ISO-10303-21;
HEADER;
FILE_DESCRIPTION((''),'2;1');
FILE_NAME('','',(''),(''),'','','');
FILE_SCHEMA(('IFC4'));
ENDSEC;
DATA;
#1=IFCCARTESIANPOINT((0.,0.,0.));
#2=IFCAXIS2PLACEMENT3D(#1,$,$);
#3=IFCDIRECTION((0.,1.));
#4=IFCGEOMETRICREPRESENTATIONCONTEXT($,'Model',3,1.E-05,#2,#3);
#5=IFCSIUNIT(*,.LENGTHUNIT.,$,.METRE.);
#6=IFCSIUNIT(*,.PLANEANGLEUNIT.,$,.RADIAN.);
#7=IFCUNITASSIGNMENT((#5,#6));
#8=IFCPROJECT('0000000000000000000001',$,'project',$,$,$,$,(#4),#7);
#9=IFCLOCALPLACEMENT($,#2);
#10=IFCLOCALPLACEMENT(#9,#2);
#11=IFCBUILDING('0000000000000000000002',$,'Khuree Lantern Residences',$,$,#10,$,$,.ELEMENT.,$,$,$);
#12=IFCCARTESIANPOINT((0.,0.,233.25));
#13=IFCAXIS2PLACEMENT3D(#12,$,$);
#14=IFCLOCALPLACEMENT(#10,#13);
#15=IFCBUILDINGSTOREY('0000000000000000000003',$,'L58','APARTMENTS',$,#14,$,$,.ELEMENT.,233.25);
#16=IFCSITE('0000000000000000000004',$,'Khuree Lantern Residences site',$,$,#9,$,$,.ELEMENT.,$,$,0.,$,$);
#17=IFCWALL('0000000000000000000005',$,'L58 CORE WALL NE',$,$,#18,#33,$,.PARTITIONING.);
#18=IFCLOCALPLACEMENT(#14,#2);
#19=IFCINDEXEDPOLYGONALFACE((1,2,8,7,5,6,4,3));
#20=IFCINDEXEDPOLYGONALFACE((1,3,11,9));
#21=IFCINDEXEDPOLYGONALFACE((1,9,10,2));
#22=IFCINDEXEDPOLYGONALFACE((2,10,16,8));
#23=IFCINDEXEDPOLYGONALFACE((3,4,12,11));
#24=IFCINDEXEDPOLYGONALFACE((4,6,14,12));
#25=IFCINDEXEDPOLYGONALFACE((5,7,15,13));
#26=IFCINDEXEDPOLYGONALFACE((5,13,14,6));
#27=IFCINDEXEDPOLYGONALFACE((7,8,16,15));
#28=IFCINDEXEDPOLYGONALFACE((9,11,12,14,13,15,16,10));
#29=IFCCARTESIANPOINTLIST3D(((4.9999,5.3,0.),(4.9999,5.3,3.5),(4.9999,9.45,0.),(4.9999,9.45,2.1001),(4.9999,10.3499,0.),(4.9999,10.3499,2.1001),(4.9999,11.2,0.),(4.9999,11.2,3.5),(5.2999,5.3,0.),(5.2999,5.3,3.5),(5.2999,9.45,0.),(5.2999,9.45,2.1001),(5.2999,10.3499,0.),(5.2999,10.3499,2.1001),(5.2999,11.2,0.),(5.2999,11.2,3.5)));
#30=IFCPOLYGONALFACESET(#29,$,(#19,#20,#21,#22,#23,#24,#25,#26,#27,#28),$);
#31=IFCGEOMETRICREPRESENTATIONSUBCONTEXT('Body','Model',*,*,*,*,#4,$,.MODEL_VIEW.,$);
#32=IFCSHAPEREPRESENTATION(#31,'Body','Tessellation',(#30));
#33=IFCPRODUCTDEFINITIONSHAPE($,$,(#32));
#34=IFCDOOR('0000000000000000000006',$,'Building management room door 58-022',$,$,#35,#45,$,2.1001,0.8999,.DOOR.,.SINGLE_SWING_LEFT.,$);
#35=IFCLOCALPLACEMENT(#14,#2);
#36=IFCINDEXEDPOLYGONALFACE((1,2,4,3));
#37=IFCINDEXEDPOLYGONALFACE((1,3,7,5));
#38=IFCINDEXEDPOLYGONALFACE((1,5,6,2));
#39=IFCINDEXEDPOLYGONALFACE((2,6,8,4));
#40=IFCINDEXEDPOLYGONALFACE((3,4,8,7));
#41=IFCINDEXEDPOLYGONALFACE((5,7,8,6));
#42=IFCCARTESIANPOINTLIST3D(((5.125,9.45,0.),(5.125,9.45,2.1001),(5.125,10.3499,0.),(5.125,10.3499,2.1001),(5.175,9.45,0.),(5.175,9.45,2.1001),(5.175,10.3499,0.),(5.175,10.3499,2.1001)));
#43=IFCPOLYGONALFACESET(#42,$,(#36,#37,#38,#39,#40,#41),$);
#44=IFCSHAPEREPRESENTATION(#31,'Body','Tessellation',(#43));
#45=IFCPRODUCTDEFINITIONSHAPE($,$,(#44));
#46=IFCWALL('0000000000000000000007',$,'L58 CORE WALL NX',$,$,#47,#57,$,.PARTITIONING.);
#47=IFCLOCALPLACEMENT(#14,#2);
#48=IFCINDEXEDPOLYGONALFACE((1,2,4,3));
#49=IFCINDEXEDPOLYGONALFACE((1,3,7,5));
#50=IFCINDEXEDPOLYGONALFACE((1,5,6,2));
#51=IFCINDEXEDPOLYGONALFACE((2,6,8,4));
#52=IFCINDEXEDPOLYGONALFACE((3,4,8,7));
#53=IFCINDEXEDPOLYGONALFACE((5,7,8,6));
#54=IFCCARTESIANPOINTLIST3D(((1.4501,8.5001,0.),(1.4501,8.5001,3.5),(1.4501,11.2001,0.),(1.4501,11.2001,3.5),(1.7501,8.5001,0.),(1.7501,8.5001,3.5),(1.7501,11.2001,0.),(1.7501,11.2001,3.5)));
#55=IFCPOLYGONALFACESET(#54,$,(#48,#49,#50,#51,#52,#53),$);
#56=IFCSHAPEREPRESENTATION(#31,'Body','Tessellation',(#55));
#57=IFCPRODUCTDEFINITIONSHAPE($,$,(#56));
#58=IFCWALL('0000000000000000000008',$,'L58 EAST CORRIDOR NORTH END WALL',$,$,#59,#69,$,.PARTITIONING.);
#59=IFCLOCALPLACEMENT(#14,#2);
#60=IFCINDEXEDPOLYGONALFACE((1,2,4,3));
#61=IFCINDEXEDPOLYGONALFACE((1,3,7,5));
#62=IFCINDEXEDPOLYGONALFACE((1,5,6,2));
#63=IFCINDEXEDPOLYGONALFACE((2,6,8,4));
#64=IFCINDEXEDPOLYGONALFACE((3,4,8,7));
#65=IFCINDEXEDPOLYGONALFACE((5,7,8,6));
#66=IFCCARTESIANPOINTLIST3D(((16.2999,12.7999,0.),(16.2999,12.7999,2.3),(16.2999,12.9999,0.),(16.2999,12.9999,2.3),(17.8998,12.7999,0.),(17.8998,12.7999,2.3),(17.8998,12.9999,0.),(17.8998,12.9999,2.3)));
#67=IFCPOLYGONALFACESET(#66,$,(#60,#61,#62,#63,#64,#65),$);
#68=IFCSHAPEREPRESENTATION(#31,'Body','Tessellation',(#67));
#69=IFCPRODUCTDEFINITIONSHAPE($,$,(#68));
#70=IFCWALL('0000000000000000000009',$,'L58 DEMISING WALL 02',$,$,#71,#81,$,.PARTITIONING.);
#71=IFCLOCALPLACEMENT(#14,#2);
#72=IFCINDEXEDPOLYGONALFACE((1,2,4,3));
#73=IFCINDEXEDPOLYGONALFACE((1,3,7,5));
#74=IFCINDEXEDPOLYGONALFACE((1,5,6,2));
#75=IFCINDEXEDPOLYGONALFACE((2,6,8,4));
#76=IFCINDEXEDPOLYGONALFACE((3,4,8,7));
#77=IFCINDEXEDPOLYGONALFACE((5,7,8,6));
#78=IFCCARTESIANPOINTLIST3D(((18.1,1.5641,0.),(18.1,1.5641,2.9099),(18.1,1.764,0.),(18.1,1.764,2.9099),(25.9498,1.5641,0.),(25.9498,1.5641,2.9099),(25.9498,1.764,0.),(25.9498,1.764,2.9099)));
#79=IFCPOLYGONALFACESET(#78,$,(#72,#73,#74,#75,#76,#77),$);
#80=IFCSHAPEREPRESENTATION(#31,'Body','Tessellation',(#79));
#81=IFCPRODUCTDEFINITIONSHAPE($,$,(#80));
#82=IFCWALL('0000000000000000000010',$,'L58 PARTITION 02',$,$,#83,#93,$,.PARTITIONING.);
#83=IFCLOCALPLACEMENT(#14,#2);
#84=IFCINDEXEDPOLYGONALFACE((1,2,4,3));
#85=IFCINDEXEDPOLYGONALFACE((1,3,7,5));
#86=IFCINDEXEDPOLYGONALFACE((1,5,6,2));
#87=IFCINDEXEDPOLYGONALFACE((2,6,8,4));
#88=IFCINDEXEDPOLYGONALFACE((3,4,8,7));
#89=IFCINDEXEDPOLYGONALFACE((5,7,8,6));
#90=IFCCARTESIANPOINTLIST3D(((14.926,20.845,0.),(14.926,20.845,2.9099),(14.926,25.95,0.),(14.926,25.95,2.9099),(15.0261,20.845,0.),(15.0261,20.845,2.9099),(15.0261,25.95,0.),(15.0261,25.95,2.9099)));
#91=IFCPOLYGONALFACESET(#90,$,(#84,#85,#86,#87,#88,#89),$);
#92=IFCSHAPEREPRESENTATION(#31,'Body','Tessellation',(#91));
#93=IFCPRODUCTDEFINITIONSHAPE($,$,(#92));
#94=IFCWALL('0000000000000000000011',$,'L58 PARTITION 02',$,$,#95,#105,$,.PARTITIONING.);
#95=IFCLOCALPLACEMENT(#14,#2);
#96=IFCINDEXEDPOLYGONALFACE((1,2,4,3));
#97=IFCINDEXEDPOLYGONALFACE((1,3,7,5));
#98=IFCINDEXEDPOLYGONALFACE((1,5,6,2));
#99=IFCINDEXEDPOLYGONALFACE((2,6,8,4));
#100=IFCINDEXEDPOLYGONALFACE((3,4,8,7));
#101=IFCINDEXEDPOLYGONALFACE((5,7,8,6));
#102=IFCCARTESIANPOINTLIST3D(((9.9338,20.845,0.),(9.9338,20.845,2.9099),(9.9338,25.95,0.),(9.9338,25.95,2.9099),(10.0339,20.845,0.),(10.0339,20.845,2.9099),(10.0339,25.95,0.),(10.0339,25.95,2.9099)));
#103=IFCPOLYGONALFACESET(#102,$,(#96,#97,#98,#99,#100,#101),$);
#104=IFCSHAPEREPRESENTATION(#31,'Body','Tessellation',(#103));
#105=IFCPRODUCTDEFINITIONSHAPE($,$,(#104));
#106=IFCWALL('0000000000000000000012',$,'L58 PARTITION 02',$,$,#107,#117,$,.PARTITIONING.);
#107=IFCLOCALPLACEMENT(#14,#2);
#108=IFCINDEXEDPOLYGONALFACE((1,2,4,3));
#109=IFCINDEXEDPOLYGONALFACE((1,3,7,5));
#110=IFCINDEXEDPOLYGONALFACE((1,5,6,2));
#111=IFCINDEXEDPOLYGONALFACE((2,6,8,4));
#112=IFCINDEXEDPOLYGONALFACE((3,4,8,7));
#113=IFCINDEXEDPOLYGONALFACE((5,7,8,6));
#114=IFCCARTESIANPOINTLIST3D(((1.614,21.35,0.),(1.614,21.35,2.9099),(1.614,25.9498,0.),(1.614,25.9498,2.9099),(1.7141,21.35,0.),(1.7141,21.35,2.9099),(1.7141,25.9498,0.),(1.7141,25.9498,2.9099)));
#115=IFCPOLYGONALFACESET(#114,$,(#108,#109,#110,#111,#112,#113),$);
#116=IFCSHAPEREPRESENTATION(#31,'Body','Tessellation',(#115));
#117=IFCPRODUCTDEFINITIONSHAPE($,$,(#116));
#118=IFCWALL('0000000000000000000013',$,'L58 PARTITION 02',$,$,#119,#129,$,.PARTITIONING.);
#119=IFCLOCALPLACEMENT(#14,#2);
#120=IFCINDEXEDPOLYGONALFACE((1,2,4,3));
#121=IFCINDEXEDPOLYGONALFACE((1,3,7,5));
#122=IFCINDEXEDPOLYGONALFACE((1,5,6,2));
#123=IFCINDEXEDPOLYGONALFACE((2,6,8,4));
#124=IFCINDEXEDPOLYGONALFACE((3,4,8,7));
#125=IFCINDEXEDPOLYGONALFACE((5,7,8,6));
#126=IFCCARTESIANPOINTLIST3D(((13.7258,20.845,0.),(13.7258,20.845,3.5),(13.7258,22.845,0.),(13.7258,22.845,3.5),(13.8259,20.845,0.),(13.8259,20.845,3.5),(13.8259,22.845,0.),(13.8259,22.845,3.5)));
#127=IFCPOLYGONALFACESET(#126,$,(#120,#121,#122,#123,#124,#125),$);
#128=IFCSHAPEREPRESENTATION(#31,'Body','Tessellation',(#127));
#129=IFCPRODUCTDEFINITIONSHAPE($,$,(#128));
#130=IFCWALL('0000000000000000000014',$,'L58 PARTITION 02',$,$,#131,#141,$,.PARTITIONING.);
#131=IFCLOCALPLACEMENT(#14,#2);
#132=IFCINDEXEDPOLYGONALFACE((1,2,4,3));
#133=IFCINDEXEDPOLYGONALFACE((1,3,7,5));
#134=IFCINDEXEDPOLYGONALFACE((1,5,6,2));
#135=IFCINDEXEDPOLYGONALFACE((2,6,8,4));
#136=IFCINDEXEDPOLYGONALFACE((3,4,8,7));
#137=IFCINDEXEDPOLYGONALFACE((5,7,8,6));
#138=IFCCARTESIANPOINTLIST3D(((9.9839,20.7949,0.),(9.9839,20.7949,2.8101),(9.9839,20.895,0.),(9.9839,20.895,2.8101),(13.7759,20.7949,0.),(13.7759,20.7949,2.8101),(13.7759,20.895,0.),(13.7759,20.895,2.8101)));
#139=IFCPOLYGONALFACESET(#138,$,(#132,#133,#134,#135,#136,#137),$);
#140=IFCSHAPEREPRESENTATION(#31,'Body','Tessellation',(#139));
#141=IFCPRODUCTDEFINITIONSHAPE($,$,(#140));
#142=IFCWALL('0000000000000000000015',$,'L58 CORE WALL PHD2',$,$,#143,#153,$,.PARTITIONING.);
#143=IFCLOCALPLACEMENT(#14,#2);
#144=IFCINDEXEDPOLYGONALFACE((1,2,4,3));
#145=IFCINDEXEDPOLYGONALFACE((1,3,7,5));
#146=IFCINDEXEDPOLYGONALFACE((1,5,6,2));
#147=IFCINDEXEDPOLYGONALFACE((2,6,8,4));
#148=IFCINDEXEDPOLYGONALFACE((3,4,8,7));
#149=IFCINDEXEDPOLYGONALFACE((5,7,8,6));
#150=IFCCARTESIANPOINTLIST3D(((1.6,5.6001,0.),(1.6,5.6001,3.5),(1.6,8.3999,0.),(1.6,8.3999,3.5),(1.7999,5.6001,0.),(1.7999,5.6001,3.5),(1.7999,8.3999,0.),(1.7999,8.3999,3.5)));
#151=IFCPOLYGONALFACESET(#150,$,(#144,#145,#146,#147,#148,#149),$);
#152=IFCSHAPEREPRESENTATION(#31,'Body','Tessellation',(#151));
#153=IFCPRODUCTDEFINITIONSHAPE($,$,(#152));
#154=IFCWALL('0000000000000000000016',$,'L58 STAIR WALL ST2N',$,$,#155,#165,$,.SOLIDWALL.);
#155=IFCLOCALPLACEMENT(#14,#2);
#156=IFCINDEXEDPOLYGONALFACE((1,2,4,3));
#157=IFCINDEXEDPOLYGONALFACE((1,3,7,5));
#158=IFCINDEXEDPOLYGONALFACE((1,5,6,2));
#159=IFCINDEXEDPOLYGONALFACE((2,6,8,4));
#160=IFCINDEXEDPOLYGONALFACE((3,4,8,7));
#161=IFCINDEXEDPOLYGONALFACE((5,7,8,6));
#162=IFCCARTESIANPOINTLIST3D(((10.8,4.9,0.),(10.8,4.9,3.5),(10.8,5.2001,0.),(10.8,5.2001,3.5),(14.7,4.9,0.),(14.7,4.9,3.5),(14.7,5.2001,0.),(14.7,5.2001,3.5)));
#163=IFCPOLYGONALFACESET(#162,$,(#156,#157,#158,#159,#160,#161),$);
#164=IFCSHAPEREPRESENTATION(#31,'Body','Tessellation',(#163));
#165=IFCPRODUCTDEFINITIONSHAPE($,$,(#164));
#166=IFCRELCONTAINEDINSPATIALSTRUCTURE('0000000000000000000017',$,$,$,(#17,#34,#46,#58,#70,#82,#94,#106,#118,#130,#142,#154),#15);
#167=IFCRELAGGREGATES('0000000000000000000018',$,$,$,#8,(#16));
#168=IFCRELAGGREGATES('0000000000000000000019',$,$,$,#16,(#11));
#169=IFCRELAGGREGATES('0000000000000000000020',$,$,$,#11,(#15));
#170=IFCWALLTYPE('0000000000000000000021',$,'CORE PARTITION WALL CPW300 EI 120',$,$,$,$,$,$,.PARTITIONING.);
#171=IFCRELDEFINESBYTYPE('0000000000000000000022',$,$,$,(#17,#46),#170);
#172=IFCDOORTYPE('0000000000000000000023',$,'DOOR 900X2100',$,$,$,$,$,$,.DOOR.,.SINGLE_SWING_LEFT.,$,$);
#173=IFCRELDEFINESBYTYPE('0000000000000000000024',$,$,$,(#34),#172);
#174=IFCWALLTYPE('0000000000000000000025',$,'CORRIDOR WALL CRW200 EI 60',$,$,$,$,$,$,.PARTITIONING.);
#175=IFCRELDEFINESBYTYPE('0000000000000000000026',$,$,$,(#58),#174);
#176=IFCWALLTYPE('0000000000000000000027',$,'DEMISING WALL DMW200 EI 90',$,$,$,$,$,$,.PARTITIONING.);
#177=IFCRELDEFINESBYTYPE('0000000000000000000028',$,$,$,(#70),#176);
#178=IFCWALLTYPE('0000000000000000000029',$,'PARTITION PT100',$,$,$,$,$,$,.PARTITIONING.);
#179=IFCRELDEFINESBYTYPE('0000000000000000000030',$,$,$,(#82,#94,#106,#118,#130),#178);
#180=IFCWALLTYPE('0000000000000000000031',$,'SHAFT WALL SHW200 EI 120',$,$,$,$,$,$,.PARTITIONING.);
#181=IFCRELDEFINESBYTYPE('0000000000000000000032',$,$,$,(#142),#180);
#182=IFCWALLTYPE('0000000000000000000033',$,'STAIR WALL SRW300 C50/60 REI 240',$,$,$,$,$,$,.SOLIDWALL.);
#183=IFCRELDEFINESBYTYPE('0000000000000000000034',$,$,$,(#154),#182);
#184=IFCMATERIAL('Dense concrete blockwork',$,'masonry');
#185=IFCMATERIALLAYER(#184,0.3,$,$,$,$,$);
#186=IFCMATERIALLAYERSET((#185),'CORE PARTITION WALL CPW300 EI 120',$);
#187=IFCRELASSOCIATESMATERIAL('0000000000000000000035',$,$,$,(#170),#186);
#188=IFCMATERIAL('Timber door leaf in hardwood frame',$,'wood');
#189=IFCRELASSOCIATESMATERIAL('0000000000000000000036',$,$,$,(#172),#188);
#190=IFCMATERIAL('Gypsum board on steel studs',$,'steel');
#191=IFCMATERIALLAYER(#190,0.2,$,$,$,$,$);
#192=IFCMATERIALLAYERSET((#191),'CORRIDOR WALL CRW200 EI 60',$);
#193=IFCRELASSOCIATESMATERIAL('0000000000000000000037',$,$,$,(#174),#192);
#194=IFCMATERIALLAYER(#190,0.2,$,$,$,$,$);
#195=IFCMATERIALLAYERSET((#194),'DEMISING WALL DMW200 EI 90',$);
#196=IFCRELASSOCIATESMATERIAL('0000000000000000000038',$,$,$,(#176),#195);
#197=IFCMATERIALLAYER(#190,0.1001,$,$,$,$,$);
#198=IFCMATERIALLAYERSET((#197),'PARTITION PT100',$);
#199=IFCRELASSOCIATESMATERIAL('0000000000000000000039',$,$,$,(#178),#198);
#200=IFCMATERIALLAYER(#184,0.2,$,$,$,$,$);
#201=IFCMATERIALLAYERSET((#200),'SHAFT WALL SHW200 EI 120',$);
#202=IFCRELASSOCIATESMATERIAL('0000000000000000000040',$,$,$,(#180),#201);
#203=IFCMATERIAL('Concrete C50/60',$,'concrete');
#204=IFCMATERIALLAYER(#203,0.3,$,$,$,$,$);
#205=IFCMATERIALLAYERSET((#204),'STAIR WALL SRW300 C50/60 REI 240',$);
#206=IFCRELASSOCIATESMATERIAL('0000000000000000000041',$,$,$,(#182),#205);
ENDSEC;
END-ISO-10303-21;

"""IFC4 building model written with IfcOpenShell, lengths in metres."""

from ifc_helpers import new_model, si_unit, direction, frame, frame_2d, origin, place, context, subcontext, project, spatial, rectangle, extrude, material, layer, layer_set, type_object, element, fill, save


model = new_model("IFC4")

# Units and contexts
model_context = context("Model", 3, precision=1e-05, world=origin(), true_north=direction((0.0, 1.0)))
body_context = subcontext(model_context, "Body", "Model", "MODEL_VIEW")
ifc_project = project(units=[si_unit("LENGTHUNIT", "METRE"), si_unit("PLANEANGLEUNIT", "RADIAN")], contexts=[model_context])

# Site, building, storey
site_placement = place(None, origin())
site = spatial("IfcSite", under=ifc_project, at=site_placement, Name="Khuree Lantern Residences site", CompositionType="ELEMENT", RefElevation=0.0)
building_placement = place(site_placement, origin())
building = spatial("IfcBuilding", under=site, at=building_placement, Name="Khuree Lantern Residences", CompositionType="ELEMENT")
storey_placement = place(building_placement, frame((0.0, 0.0, 233.25)))
storey = spatial("IfcBuildingStorey", under=building, at=storey_placement, Name="L58", Description="APARTMENTS", CompositionType="ELEMENT", Elevation=233.25)

# Shared definitions
ifc_material_1 = material(Name="Concrete C50/60", Category="concrete")

# Shared definitions
ifc_material_2 = material(Name="Dense concrete blockwork", Category="masonry")
ifc_layer_1 = layer(ifc_material_2, 0.3)
ifc_layer_set_1 = layer_set([ifc_layer_1], Name="CORE PARTITION WALL CPW300 EI 120")
wall_type_1 = type_object("IfcWallType", Name="CORE PARTITION WALL CPW300 EI 120", PredefinedType="PARTITIONING", material=ifc_layer_set_1)

# Wall, opening, door
wall_1_placement = place(storey_placement, frame((5.1499, 5.3, 0.0), z_axis=(0.0, 0.0, 1.0), x_axis=(0.0, 1.0, 0.0)))
wall_1 = element("IfcWall", 1, at=wall_1_placement, inside=storey, type_object=wall_type_1, Name="L58 CORE WALL NE", PredefinedType="PARTITIONING", context=body_context, shape_type="SweptSolid", body=[
    extrude(rectangle(XDim=5.8999, YDim=0.3, at=frame_2d((2.95, 0.0))), origin(), (0.0, 0.0, 1.0), 3.5),
])
opening_placement = place(wall_1_placement, frame((4.1499, 0.0, 0.0)))
opening = element("IfcOpeningElement", 2, at=opening_placement, cuts=wall_1, PredefinedType="OPENING", context=body_context, shape_type="SweptSolid", body=[
    extrude(rectangle(XDim=0.8999, YDim=2.1001, at=frame_2d((0.45, 1.05))), frame((0.0, 0.1602, 0.0), z_axis=(0.0, -1.0, 0.0), x_axis=(1.0, 0.0, 0.0)), (0.0, 0.0, 1.0), 0.3201),
])
ifc_material_3 = material(Name="Timber door leaf in hardwood frame", Category="wood")
door_type = type_object("IfcDoorType", Name="DOOR 900X2100", OperationType="SINGLE_SWING_LEFT", PredefinedType="DOOR", material=ifc_material_3)
door_placement = place(opening_placement, origin())
door = element("IfcDoor", 3, at=door_placement, inside=storey, type_object=door_type, Name="Building management room door 58-022", OperationType="SINGLE_SWING_LEFT", OverallHeight=2.1001, OverallWidth=0.8999, PredefinedType="DOOR", context=body_context, shape_type="SweptSolid", body=[
    extrude(rectangle(XDim=0.8999, YDim=2.1001, at=frame_2d((0.45, 1.05))), frame((0.0, 0.0249, 0.0), z_axis=(0.0, -1.0, 0.0), x_axis=(1.0, 0.0, 0.0)), (0.0, 0.0, 1.0), 0.05),
])
fill(opening, door)

# Walls
wall_2_placement = place(storey_placement, frame((1.6001, 8.5, 0.0), z_axis=(0.0, 0.0, 1.0), x_axis=(0.0, 1.0, 0.0)))
element("IfcWall", 4, at=wall_2_placement, inside=storey, type_object=wall_type_1, Name="L58 CORE WALL NX", PredefinedType="PARTITIONING", context=body_context, shape_type="SweptSolid", body=[
    extrude(rectangle(XDim=2.7, YDim=0.3, at=frame_2d((1.3501, 0.0))), origin(), (0.0, 0.0, 1.0), 3.5),
])
ifc_material_4 = material(Name="Gypsum board on steel studs", Category="steel")
ifc_layer_2 = layer(ifc_material_4, 0.2)
ifc_layer_set_2 = layer_set([ifc_layer_2], Name="CORRIDOR WALL CRW200 EI 60")
wall_type_2 = type_object("IfcWallType", Name="CORRIDOR WALL CRW200 EI 60", PredefinedType="PARTITIONING", material=ifc_layer_set_2)
wall_3_placement = place(storey_placement, frame((16.3, 12.8999, 0.0), z_axis=(0.0, 0.0, 1.0), x_axis=(1.0, 0.0, 0.0)))
element("IfcWall", 5, at=wall_3_placement, inside=storey, type_object=wall_type_2, Name="L58 EAST CORRIDOR NORTH END WALL", PredefinedType="PARTITIONING", context=body_context, shape_type="SweptSolid", body=[
    extrude(rectangle(XDim=1.5999, YDim=0.2, at=frame_2d((0.7998, 0.0))), origin(), (0.0, 0.0, 1.0), 2.3),
])
ifc_layer_3 = layer(ifc_material_4, 0.2)
ifc_layer_set_3 = layer_set([ifc_layer_3], Name="DEMISING WALL DMW200 EI 90")
wall_type_3 = type_object("IfcWallType", Name="DEMISING WALL DMW200 EI 90", PredefinedType="PARTITIONING", material=ifc_layer_set_3)
wall_4_placement = place(storey_placement, frame((18.1001, 1.6641, 0.0), z_axis=(0.0, 0.0, 1.0), x_axis=(1.0, 0.0, 0.0)))
element("IfcWall", 6, at=wall_4_placement, inside=storey, type_object=wall_type_3, Name="L58 DEMISING WALL 02", PredefinedType="PARTITIONING", context=body_context, shape_type="SweptSolid", body=[
    extrude(rectangle(XDim=7.8499, YDim=0.2, at=frame_2d((3.9248, 0.0))), origin(), (0.0, 0.0, 1.0), 2.9099),
])
ifc_layer_4 = layer(ifc_material_4, 0.1001)
ifc_layer_set_4 = layer_set([ifc_layer_4], Name="PARTITION PT100")
wall_type_4 = type_object("IfcWallType", Name="PARTITION PT100", PredefinedType="PARTITIONING", material=ifc_layer_set_4)
for number, where, z_axis, x_axis, name in (
    (7, (14.9761, 20.845, 0.0), (0.0, 0.0, 1.0), (0.0, 1.0, 0.0), "L58 PARTITION 02"),
    (8, (9.9839, 20.845, 0.0), (0.0, 0.0, 1.0), (0.0, 1.0, 0.0), "L58 PARTITION 02"),
):
    element("IfcWall", number, at=place(storey_placement, frame(where, z_axis=z_axis, x_axis=x_axis)), inside=storey, type_object=wall_type_4, Name=name, PredefinedType="PARTITIONING", context=body_context, shape_type="SweptSolid", body=[
        extrude(rectangle(XDim=5.105, YDim=0.1001, at=frame_2d((2.5525, 0.0))), origin(), (0.0, 0.0, 1.0), 2.9099),
    ])
wall_5_placement = place(storey_placement, frame((1.6641, 21.3501, 0.0), z_axis=(0.0, 0.0, 1.0), x_axis=(0.0, 1.0, 0.0)))
element("IfcWall", 9, at=wall_5_placement, inside=storey, type_object=wall_type_4, Name="L58 PARTITION 02", PredefinedType="PARTITIONING", context=body_context, shape_type="SweptSolid", body=[
    extrude(rectangle(XDim=4.5999, YDim=0.1001, at=frame_2d((2.2998, 0.0))), origin(), (0.0, 0.0, 1.0), 2.9099),
])
wall_6_placement = place(storey_placement, frame((13.7759, 20.845, 0.0), z_axis=(0.0, 0.0, 1.0), x_axis=(0.0, 1.0, 0.0)))
element("IfcWall", 10, at=wall_6_placement, inside=storey, type_object=wall_type_4, Name="L58 PARTITION 02", PredefinedType="PARTITIONING", context=body_context, shape_type="SweptSolid", body=[
    extrude(rectangle(XDim=2.0, YDim=0.1001, at=frame_2d((1.0, 0.0))), origin(), (0.0, 0.0, 1.0), 3.5),
])
wall_7_placement = place(storey_placement, frame((13.7759, 20.845, 0.0), z_axis=(0.0, 0.0, 1.0), x_axis=(-1.0, 0.0, 0.0)))
element("IfcWall", 11, at=wall_7_placement, inside=storey, type_object=wall_type_4, Name="L58 PARTITION 02", PredefinedType="PARTITIONING", context=body_context, shape_type="SweptSolid", body=[
    extrude(rectangle(XDim=3.792, YDim=0.1001, at=frame_2d((1.896, 0.0))), origin(), (0.0, 0.0, 1.0), 2.8101),
])
ifc_layer_5 = layer(ifc_material_2, 0.2)
ifc_layer_set_5 = layer_set([ifc_layer_5], Name="SHAFT WALL SHW200 EI 120")
wall_type_5 = type_object("IfcWallType", Name="SHAFT WALL SHW200 EI 120", PredefinedType="PARTITIONING", material=ifc_layer_set_5)
wall_8_placement = place(storey_placement, frame((1.7, 5.6001, 0.0), z_axis=(0.0, 0.0, 1.0), x_axis=(0.0, 1.0, 0.0)))
element("IfcWall", 12, at=wall_8_placement, inside=storey, type_object=wall_type_5, Name="L58 CORE WALL PHD2", PredefinedType="PARTITIONING", context=body_context, shape_type="SweptSolid", body=[
    extrude(rectangle(XDim=2.7998, YDim=0.2, at=frame_2d((1.3999, 0.0))), origin(), (0.0, 0.0, 1.0), 3.5),
])
ifc_layer_6 = layer(ifc_material_1, 0.3)
ifc_layer_set_6 = layer_set([ifc_layer_6], Name="STAIR WALL SRW300 C50/60 REI 240")
wall_type_6 = type_object("IfcWallType", Name="STAIR WALL SRW300 C50/60 REI 240", PredefinedType="SOLIDWALL", material=ifc_layer_set_6)
wall_9_placement = place(storey_placement, frame((14.7, 5.05, 0.0), z_axis=(0.0, 0.0, 1.0), x_axis=(-1.0, 0.0, 0.0)))
element("IfcWall", 13, at=wall_9_placement, inside=storey, type_object=wall_type_6, Name="L58 STAIR WALL ST2N", PredefinedType="SOLIDWALL", context=body_context, shape_type="SweptSolid", body=[
    extrude(rectangle(XDim=3.8999, YDim=0.3, at=frame_2d((1.95, 0.0))), origin(), (0.0, 0.0, 1.0), 3.5),
])

save(model, "model.ifc")
